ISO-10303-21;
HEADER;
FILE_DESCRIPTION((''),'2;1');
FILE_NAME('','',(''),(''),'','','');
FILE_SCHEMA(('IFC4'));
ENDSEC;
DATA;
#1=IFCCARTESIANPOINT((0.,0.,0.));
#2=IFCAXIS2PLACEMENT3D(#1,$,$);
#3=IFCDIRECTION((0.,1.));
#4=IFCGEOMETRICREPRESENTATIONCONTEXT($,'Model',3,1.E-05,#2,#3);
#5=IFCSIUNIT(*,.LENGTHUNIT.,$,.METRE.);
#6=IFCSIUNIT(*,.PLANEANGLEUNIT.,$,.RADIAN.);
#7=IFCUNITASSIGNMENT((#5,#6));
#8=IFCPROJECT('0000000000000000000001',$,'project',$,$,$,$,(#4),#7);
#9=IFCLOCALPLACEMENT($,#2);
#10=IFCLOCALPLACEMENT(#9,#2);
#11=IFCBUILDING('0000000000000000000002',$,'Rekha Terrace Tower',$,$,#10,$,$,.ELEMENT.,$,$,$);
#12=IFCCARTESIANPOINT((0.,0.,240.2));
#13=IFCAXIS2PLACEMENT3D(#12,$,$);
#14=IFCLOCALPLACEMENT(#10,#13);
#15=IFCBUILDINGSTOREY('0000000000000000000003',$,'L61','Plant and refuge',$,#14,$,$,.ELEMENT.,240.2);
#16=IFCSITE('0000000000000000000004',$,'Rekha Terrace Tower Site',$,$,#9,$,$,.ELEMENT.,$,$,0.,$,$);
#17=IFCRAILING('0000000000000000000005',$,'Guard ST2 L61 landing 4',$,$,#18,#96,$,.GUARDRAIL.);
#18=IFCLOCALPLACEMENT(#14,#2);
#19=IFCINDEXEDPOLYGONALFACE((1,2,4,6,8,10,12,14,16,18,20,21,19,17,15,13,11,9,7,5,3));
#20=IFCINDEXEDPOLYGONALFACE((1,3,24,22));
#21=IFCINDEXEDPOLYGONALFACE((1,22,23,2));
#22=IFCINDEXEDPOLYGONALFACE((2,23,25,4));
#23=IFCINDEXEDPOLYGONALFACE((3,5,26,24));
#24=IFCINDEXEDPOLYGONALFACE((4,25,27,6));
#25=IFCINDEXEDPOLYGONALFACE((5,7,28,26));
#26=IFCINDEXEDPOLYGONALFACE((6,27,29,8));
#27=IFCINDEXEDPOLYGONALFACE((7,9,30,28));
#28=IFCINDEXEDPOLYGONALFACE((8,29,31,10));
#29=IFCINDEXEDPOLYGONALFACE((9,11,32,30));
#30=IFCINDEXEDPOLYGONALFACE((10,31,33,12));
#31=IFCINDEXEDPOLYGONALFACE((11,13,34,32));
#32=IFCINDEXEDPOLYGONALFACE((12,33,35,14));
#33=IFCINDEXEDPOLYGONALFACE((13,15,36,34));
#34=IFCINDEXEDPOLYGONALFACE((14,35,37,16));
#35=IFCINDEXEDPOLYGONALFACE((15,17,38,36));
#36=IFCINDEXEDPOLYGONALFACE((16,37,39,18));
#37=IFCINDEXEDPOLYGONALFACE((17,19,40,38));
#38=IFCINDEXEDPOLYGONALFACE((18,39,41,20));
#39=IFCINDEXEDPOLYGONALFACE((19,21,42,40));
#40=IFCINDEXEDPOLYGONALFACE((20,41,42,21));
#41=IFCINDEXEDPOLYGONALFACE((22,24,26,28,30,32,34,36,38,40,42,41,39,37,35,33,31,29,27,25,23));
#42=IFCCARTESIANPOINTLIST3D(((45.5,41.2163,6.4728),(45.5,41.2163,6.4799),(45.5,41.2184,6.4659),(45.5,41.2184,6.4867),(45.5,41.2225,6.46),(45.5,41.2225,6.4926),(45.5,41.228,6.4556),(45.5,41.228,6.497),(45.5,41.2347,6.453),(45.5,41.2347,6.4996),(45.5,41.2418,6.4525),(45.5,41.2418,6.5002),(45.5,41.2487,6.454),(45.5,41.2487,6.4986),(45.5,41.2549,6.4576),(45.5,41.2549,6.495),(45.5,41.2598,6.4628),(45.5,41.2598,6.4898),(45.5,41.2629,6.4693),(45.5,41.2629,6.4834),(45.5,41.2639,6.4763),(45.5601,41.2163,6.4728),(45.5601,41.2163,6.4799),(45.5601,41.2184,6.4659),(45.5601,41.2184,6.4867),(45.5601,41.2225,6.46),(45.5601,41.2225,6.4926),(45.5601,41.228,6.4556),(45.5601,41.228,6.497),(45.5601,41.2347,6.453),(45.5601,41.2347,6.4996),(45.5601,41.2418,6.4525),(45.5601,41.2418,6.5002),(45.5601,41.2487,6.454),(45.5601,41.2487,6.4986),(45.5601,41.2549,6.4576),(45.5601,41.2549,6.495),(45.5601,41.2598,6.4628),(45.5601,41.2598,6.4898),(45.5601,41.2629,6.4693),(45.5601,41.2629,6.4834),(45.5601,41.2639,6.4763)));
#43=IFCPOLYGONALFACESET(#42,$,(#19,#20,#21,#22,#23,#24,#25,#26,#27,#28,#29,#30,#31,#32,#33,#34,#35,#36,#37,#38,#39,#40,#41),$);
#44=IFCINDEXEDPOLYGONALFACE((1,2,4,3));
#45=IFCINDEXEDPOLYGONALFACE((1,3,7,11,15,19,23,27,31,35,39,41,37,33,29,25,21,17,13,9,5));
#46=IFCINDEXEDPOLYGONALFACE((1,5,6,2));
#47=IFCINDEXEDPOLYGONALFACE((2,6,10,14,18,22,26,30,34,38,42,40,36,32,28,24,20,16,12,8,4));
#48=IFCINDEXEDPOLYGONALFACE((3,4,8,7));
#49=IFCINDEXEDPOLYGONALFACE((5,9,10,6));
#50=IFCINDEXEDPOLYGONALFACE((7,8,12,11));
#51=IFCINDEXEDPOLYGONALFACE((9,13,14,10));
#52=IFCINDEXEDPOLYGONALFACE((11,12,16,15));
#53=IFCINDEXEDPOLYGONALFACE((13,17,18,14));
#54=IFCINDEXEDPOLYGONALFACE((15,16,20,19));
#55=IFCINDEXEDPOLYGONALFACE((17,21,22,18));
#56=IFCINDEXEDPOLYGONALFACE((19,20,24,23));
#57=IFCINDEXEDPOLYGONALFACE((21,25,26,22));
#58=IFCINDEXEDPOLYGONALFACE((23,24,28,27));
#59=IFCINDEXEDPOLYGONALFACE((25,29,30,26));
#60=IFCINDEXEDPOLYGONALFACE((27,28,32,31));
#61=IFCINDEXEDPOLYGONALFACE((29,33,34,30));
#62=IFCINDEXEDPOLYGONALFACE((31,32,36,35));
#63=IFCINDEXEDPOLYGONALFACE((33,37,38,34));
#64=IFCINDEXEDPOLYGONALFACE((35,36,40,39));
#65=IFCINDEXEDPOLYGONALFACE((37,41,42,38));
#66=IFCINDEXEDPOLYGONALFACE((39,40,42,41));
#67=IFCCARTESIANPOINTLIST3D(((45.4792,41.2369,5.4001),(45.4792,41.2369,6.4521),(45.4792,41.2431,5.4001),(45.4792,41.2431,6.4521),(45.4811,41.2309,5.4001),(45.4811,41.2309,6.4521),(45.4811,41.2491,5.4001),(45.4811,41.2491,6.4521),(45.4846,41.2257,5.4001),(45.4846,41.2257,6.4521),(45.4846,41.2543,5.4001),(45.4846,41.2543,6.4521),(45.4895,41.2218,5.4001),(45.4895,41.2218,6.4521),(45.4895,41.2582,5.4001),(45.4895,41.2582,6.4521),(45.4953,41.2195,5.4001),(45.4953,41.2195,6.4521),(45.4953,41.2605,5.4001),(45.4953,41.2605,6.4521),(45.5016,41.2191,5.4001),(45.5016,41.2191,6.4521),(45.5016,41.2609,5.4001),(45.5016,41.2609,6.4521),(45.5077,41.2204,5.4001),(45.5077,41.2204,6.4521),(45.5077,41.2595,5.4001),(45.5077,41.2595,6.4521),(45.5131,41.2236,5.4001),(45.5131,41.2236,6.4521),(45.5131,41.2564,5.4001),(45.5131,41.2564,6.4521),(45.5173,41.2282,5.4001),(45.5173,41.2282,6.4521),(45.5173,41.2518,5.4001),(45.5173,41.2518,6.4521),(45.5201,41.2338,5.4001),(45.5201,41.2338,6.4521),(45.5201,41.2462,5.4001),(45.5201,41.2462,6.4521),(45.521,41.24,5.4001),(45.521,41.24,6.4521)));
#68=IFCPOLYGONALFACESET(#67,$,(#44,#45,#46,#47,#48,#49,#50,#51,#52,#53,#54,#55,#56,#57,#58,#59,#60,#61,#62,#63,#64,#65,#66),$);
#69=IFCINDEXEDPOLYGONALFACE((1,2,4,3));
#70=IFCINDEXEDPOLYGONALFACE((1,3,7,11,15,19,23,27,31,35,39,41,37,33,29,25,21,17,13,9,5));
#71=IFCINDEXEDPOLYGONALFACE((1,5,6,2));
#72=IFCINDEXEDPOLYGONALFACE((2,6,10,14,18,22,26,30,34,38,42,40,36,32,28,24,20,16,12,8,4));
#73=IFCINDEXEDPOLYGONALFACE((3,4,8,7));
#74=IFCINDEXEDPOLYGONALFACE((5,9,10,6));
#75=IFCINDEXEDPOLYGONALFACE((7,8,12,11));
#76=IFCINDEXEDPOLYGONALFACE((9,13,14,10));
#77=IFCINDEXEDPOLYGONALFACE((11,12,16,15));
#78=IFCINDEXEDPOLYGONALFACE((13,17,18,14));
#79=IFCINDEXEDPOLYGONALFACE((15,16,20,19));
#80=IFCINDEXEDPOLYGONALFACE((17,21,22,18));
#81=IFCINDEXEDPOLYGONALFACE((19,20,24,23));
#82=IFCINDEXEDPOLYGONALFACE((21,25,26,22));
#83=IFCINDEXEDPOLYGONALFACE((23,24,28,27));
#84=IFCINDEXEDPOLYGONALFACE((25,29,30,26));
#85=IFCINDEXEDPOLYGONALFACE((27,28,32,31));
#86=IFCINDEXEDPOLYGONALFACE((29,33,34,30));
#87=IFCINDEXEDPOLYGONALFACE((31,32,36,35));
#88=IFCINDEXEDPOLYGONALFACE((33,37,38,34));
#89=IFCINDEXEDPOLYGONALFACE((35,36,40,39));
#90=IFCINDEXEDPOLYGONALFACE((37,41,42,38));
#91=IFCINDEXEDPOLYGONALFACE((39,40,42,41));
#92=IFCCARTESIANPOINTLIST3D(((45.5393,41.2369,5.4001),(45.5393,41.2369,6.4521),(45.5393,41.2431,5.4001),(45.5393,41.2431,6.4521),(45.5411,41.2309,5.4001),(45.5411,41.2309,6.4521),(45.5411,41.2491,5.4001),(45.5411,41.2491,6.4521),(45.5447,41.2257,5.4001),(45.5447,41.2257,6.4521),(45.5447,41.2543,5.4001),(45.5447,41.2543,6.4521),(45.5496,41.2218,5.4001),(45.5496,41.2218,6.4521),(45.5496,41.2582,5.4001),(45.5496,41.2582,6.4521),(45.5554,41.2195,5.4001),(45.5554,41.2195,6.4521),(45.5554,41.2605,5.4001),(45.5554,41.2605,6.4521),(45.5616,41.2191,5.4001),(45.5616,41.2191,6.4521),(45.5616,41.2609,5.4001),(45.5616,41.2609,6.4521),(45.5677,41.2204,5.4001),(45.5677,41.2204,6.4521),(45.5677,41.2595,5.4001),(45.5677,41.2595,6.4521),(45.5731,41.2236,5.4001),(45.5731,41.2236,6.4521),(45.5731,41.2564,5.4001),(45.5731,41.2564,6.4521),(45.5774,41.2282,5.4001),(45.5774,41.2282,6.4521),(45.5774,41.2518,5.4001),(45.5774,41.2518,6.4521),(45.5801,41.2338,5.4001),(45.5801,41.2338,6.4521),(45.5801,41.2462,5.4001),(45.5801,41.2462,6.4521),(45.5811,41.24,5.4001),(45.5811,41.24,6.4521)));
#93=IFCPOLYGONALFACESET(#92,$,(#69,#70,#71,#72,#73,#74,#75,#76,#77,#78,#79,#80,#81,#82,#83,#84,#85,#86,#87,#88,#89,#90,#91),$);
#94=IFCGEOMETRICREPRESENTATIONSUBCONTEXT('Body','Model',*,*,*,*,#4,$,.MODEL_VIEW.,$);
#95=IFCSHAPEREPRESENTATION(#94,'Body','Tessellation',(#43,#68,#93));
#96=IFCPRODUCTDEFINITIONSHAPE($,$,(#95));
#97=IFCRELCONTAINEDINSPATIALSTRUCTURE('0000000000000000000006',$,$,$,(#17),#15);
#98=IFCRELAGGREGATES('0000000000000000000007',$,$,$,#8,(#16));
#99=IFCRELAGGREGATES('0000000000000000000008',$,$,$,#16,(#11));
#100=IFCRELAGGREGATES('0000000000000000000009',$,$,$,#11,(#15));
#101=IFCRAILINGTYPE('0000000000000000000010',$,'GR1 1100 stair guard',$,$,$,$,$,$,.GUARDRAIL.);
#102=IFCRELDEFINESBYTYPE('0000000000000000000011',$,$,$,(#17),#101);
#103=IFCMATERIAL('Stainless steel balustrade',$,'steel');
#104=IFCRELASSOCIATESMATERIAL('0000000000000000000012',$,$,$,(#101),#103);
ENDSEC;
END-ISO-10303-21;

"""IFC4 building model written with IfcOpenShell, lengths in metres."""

from ifc_helpers import new_model, si_unit, direction, frame, origin, origin_2d, place, context, subcontext, project, spatial, circle, extrude, material, type_object, element, save


model = new_model("IFC4")

# Units and contexts
model_context = context("Model", 3, precision=1e-05, world=origin(), true_north=direction((0.0, 1.0)))
body_context = subcontext(model_context, "Body", "Model", "MODEL_VIEW")
ifc_project = project(units=[si_unit("LENGTHUNIT", "METRE"), si_unit("PLANEANGLEUNIT", "RADIAN")], contexts=[model_context])

# Site, building, storey
site_placement = place(None, origin())
site = spatial("IfcSite", under=ifc_project, at=site_placement, Name="Rekha Terrace Tower Site", CompositionType="ELEMENT", RefElevation=0.0)
building_placement = place(site_placement, origin())
building = spatial("IfcBuilding", under=site, at=building_placement, Name="Rekha Terrace Tower", CompositionType="ELEMENT")
storey_placement = place(building_placement, frame((0.0, 0.0, 240.2)))
storey = spatial("IfcBuildingStorey", under=building, at=storey_placement, Name="L61", Description="Plant and refuge", CompositionType="ELEMENT", Elevation=240.2)

# Railing
ifc_material_1 = material(Name="Stainless steel balustrade", Category="steel")
railing_type_1 = type_object("IfcRailingType", Name="GR1 1100 stair guard", PredefinedType="GUARDRAIL", material=ifc_material_1)
for number, where, name in (
    (1, (45.5, 41.24, 5.4001), "Guard ST2 L61 landing 4"),
):
    element("IfcRailing", number, at=place(storey_placement, frame(where)), inside=storey, type_object=railing_type_1, Name=name, PredefinedType="GUARDRAIL", context=body_context, shape_type="SweptSolid", body=[
        extrude(circle(Radius=0.0239, at=origin_2d()), frame((0.0, 0.0, 1.0762), z_axis=(1.0, 0.0, 0.0), x_axis=(0.0, 1.0, 0.0)), (0.0, 0.0, 1.0), 0.0601),
        extrude(circle(Radius=0.021, at=origin_2d()), origin(), (0.0, 0.0, 1.0), 1.052),
        extrude(circle(Radius=0.021, at=origin_2d()), frame((0.0601, 0.0, 0.0)), (0.0, 0.0, 1.0), 1.052),
    ])

save(model, "model.ifc")
